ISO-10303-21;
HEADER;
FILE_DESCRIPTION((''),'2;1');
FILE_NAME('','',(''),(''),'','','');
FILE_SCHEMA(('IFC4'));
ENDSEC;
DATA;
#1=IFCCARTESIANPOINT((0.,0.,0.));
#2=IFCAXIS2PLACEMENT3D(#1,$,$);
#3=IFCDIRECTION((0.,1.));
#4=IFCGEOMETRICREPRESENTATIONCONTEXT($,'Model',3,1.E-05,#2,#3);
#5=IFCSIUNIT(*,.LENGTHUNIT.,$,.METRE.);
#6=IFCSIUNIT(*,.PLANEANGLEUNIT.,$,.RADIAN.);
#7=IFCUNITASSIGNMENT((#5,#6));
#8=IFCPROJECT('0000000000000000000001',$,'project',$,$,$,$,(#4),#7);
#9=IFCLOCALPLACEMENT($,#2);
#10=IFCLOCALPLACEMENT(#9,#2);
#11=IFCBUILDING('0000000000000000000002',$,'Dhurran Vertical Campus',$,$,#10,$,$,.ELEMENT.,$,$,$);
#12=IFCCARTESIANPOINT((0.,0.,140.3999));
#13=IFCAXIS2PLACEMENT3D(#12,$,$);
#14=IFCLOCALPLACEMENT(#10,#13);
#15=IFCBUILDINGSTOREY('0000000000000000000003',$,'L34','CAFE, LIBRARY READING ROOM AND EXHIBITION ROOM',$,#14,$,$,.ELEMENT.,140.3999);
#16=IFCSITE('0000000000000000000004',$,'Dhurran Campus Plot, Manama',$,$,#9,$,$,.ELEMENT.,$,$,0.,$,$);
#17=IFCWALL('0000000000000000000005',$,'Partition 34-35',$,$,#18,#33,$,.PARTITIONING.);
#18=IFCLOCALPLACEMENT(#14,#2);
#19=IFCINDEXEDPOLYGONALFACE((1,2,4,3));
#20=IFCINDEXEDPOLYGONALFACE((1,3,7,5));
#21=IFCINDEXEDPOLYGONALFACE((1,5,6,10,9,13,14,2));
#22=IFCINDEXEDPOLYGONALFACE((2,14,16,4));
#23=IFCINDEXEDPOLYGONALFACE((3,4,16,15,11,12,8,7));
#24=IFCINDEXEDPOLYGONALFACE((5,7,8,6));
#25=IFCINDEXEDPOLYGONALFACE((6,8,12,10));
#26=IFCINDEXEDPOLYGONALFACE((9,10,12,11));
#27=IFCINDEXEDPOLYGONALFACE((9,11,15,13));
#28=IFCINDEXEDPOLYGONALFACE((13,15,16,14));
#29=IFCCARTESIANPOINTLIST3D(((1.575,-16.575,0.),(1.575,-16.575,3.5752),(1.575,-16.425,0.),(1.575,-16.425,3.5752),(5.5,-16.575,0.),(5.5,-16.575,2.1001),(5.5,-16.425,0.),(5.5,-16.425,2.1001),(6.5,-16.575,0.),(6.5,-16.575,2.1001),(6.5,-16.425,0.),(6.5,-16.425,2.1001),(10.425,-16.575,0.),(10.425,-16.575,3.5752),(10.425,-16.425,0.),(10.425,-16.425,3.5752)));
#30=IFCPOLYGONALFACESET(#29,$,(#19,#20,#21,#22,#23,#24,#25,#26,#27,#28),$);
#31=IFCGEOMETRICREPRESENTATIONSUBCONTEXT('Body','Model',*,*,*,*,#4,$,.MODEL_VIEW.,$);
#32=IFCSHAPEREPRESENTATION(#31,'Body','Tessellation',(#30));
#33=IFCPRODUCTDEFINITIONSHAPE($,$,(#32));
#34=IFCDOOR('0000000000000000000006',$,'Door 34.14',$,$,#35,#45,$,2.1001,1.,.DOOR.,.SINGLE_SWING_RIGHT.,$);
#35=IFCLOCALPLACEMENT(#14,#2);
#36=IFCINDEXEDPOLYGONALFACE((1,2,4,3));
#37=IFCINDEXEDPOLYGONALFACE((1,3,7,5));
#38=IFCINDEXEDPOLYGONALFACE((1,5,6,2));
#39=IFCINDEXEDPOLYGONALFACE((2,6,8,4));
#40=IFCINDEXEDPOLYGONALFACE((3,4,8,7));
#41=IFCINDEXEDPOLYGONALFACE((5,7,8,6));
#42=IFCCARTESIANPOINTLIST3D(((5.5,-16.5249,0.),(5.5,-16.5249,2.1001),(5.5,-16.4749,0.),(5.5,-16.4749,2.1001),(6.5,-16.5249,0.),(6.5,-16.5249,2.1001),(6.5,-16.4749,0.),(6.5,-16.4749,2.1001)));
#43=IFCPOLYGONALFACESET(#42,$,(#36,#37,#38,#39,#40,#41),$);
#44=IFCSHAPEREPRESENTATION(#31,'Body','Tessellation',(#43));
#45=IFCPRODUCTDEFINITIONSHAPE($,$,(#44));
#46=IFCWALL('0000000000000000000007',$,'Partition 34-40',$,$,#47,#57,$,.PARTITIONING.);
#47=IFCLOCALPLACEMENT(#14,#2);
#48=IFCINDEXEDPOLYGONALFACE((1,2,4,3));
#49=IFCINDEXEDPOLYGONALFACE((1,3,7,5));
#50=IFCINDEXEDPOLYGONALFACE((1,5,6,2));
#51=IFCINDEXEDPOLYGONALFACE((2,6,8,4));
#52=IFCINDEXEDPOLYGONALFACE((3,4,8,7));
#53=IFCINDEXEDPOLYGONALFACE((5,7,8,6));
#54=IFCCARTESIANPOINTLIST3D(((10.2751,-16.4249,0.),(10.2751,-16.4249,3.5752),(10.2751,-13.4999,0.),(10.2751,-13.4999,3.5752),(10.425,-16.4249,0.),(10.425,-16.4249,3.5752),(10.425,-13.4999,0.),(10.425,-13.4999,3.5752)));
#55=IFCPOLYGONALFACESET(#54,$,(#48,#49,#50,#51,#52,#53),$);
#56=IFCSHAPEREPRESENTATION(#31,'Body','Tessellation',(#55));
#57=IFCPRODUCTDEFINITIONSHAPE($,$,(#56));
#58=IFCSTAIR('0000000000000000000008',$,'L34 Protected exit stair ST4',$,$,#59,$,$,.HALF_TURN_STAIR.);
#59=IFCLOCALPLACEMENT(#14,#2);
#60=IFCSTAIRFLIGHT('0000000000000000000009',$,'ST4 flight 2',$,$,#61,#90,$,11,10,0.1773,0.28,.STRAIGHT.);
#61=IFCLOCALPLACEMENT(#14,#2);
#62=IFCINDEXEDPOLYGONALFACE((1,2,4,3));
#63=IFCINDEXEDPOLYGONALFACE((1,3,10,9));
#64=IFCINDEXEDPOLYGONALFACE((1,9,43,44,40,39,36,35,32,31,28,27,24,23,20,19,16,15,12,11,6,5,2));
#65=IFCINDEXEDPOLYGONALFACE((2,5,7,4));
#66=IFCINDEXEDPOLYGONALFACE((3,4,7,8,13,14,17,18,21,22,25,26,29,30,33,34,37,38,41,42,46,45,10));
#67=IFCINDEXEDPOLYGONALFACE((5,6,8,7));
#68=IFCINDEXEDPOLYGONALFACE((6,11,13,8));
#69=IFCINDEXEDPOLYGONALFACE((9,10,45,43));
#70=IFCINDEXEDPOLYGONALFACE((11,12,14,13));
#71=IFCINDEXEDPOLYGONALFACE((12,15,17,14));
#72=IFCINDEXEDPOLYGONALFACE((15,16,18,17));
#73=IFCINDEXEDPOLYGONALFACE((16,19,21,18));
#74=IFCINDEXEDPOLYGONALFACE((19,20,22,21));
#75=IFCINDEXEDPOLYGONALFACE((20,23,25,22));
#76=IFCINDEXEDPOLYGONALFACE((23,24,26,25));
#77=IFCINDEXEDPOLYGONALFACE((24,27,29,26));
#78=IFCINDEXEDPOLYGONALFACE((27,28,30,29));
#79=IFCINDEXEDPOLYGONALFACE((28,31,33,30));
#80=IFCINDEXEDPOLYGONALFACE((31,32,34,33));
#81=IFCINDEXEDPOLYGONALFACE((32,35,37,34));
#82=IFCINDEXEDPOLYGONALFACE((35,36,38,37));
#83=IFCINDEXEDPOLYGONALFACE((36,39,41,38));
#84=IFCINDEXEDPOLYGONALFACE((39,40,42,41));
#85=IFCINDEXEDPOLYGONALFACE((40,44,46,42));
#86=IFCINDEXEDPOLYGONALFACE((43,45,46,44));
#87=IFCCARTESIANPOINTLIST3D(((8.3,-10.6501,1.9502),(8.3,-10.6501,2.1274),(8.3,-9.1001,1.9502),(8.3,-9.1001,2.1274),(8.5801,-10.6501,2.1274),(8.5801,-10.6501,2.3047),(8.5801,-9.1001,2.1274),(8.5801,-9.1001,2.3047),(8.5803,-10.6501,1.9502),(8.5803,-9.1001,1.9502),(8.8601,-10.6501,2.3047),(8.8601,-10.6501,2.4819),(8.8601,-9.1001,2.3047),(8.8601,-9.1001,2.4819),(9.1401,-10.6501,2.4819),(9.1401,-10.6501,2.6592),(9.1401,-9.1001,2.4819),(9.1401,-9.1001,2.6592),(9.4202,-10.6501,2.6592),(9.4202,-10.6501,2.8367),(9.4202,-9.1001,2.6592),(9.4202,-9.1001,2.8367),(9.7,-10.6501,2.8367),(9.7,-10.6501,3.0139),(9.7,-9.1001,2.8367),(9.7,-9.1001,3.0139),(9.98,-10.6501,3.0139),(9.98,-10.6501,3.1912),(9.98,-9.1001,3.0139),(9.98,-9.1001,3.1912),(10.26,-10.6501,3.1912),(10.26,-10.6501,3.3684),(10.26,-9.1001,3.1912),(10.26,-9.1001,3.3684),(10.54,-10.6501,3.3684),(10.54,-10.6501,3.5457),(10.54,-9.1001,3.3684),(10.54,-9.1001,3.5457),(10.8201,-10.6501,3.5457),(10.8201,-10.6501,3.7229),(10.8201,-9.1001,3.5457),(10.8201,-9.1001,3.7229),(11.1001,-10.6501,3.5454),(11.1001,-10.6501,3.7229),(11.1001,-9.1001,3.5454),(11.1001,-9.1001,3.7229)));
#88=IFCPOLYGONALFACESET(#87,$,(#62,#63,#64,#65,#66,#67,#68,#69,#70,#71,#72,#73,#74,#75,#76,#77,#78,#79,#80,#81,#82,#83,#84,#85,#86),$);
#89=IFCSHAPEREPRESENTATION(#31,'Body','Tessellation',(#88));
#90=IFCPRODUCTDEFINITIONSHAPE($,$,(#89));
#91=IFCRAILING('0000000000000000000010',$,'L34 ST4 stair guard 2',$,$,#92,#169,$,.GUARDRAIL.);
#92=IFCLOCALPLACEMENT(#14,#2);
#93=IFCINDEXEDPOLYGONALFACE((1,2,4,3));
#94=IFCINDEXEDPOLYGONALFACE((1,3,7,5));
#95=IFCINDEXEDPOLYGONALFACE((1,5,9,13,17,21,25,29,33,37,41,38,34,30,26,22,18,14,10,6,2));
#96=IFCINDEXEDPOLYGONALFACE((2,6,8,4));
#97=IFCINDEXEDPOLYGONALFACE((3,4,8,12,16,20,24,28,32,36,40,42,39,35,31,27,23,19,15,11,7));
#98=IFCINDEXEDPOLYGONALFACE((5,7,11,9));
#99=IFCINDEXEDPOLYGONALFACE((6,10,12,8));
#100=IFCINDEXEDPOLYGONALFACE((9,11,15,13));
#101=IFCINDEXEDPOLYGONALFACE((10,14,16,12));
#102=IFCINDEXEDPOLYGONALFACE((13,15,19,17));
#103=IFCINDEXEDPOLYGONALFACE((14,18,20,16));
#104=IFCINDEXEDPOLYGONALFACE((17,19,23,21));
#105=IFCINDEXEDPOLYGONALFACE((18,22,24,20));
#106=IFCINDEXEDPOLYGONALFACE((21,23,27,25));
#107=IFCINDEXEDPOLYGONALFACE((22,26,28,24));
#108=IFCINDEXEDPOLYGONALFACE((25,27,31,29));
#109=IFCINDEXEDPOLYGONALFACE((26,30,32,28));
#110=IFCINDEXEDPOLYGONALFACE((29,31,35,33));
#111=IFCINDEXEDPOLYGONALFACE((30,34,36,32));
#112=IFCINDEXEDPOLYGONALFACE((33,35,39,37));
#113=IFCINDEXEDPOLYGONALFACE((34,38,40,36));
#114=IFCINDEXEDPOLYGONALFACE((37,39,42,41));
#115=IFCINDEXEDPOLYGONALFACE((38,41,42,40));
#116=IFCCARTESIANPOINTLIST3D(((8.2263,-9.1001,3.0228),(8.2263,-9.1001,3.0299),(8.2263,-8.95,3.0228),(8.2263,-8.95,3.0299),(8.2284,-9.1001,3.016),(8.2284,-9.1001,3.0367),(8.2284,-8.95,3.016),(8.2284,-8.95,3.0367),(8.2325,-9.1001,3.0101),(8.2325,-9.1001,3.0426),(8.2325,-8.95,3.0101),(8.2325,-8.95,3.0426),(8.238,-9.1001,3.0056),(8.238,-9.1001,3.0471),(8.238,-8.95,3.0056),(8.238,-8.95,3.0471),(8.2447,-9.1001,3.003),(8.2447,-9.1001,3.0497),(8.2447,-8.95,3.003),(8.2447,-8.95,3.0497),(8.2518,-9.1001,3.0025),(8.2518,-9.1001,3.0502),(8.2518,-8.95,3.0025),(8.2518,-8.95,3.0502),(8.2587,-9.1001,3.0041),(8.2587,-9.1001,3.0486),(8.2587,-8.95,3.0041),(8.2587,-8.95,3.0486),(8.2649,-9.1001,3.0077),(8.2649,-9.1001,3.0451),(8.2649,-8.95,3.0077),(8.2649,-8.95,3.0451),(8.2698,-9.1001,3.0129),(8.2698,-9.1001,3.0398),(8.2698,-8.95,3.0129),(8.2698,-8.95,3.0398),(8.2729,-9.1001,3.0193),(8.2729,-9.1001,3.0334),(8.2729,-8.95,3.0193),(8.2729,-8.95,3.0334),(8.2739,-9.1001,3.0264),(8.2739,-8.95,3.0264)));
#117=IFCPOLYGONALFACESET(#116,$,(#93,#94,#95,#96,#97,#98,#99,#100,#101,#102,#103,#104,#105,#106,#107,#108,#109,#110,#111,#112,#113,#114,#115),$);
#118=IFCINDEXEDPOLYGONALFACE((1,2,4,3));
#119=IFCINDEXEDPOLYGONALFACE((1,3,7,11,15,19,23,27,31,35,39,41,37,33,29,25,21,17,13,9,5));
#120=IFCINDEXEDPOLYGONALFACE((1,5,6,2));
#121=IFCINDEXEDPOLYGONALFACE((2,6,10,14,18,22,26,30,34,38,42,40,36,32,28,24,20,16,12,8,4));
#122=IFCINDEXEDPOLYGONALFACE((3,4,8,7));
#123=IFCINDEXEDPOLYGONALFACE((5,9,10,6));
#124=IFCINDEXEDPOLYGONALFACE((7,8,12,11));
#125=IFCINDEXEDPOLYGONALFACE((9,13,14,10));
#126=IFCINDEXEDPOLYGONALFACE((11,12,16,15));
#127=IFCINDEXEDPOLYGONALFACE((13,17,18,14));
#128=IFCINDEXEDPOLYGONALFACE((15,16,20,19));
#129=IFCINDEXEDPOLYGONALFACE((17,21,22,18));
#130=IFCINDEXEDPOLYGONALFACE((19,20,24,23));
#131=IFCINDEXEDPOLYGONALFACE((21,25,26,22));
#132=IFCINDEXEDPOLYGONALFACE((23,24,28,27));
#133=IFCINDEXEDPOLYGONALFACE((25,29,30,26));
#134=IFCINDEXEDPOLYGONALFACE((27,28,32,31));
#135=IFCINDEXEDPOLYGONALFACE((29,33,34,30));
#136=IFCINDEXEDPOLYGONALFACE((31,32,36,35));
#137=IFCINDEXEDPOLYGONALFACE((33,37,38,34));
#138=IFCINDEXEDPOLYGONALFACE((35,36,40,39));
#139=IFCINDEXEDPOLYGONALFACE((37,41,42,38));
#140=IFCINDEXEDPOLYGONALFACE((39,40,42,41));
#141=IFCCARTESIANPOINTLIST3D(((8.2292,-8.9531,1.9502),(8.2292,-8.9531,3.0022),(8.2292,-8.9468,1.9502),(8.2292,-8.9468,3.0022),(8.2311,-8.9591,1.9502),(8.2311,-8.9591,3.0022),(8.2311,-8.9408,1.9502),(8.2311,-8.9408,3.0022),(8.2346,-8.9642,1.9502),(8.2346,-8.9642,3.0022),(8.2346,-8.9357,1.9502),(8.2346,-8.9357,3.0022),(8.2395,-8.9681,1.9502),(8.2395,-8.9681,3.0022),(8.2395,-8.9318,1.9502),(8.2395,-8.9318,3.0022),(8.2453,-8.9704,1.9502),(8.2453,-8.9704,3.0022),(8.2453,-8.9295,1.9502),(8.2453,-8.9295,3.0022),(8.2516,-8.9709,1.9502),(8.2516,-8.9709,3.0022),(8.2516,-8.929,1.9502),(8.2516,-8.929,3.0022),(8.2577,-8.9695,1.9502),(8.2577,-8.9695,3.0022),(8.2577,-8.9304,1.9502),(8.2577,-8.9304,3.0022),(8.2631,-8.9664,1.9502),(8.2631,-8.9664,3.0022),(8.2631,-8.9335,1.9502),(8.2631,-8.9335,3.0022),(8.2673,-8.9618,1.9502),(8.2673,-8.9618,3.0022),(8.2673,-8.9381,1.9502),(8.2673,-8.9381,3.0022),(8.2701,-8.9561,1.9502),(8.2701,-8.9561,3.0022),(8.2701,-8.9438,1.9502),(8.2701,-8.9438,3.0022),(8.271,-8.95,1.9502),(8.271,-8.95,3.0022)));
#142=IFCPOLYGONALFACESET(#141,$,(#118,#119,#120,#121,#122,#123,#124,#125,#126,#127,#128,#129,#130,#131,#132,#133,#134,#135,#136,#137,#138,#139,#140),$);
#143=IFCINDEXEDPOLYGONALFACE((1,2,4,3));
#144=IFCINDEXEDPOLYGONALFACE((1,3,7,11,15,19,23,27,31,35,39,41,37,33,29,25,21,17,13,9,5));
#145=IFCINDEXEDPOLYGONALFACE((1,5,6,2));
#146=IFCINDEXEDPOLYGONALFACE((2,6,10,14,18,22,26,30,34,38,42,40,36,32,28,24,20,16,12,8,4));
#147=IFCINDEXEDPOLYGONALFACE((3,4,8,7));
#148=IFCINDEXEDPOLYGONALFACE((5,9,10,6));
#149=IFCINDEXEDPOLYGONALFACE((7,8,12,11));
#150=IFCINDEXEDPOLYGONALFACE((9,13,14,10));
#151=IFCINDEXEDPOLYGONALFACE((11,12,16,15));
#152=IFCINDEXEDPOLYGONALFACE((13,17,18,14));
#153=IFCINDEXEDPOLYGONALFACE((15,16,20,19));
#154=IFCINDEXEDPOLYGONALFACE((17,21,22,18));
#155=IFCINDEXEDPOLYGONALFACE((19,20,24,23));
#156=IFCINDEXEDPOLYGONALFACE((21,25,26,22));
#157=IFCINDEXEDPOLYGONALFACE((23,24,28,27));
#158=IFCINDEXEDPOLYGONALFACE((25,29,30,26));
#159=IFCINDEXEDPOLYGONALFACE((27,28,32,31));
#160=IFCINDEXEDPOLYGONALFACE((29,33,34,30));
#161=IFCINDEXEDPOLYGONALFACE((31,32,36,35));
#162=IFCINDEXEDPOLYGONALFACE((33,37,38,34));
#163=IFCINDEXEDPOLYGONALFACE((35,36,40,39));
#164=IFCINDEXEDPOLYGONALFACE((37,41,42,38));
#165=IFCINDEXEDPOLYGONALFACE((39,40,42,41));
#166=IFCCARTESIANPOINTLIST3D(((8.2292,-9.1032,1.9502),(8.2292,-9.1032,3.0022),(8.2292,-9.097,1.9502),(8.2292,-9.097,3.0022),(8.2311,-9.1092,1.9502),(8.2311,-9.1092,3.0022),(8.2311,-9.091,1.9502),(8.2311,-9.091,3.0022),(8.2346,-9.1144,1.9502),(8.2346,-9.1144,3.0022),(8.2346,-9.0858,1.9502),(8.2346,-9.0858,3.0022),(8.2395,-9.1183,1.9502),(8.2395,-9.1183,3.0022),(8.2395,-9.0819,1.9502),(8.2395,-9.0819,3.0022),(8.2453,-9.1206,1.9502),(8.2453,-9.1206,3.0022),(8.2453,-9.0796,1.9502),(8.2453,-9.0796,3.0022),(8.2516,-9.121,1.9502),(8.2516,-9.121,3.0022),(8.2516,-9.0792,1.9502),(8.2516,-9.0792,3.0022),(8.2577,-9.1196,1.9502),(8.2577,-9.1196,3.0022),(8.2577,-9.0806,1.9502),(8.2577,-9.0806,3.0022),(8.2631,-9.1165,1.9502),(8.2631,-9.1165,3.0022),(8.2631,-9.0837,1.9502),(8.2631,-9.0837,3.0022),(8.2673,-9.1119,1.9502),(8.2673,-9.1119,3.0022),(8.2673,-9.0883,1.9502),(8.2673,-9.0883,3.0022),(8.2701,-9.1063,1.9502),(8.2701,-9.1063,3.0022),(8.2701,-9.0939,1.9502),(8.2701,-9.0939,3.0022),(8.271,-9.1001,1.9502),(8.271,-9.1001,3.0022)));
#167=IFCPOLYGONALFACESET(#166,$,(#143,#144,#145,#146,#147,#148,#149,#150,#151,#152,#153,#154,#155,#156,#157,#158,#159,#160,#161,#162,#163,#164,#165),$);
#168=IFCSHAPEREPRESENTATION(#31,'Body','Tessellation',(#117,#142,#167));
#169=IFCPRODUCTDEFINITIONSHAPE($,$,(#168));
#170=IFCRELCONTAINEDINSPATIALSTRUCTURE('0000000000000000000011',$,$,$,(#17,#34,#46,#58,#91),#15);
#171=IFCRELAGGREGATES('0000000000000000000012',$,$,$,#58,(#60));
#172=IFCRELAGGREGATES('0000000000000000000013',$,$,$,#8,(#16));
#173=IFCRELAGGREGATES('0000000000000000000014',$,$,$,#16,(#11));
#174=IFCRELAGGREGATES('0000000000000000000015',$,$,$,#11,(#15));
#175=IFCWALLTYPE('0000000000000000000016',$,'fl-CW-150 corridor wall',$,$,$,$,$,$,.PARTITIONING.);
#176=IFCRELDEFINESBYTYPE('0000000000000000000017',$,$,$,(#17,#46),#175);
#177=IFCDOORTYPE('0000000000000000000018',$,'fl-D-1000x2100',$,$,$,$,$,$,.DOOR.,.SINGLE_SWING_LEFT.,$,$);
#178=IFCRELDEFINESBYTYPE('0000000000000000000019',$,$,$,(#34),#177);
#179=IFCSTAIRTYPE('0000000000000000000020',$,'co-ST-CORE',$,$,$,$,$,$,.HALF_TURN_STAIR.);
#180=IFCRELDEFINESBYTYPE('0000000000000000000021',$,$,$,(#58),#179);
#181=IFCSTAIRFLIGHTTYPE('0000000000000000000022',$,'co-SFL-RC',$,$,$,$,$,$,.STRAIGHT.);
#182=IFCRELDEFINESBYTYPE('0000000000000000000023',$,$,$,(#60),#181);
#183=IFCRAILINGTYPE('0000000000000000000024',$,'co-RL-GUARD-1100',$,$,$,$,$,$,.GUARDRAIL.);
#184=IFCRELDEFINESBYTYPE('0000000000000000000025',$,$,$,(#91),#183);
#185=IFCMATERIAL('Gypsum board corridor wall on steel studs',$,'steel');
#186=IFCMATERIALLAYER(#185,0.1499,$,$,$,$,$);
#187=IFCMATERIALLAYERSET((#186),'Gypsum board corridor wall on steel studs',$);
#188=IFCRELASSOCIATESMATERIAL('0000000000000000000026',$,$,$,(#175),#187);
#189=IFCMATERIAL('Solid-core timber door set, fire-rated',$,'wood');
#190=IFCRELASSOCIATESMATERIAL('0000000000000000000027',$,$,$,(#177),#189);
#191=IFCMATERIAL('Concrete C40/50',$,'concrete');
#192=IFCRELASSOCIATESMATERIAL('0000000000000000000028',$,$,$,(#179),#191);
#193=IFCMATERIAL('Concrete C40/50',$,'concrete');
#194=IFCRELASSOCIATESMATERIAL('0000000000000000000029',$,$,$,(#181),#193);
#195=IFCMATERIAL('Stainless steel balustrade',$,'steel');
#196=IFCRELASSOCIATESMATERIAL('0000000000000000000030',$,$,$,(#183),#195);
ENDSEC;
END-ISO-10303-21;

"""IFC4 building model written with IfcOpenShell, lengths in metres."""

from ifc_helpers import new_model, si_unit, direction, frame, frame_2d, origin, origin_2d, place, context, subcontext, project, spatial, polyline, rectangle, circle, outline, extrude, material, layer, layer_set, type_object, element, fill, aggregate, save


model = new_model("IFC4")

# Units and contexts
model_context = context("Model", 3, precision=1e-05, world=origin(), true_north=direction((0.0, 1.0)))
body_context = subcontext(model_context, "Body", "Model", "MODEL_VIEW")
ifc_project = project(units=[si_unit("LENGTHUNIT", "METRE"), si_unit("PLANEANGLEUNIT", "RADIAN")], contexts=[model_context])

# Site, building, storey
site_placement = place(None, origin())
site = spatial("IfcSite", under=ifc_project, at=site_placement, Name="Dhurran Campus Plot, Manama", CompositionType="ELEMENT", RefElevation=0.0)
building_placement = place(site_placement, origin())
building = spatial("IfcBuilding", under=site, at=building_placement, Name="Dhurran Vertical Campus", CompositionType="ELEMENT")
storey_placement = place(building_placement, frame((0.0, 0.0, 140.3999)))
storey = spatial("IfcBuildingStorey", under=building, at=storey_placement, Name="L34", Description="CAFE, LIBRARY READING ROOM AND EXHIBITION ROOM", CompositionType="ELEMENT", Elevation=140.3999)

# Shared definitions
ifc_material_1 = material(Name="Gypsum board corridor wall on steel studs", Category="steel")
ifc_layer_1 = layer(ifc_material_1, 0.1499)
ifc_layer_set_1 = layer_set([ifc_layer_1], Name="Gypsum board corridor wall on steel studs")
wall_type_1 = type_object("IfcWallType", Name="fl-CW-150 corridor wall", PredefinedType="PARTITIONING", material=ifc_layer_set_1)

# Wall, opening, door
wall_1_placement = place(storey_placement, frame((10.425, -16.5, 0.0), z_axis=(0.0, 0.0, 1.0), x_axis=(-1.0, 0.0, 0.0)))
wall_1 = element("IfcWall", 1, at=wall_1_placement, inside=storey, type_object=wall_type_1, Name="Partition 34-35", PredefinedType="PARTITIONING", context=body_context, shape_type="SweptSolid", body=[
    extrude(rectangle(XDim=8.8501, YDim=0.1499, at=frame_2d((4.425, 0.0))), origin(), (0.0, 0.0, 1.0), 3.5752),
])
opening_1_placement = place(wall_1_placement, frame((3.925, 0.0, 0.0)))
opening_1 = element("IfcOpeningElement", 2, at=opening_1_placement, cuts=wall_1, PredefinedType="OPENING", context=body_context, shape_type="SweptSolid", body=[
    extrude(rectangle(XDim=1.0, YDim=2.1001, at=frame_2d((0.5, 1.05))), frame((0.0, 0.085, 0.0), z_axis=(0.0, -1.0, 0.0), x_axis=(1.0, 0.0, 0.0)), (0.0, 0.0, 1.0), 0.1699),
])
ifc_material_2 = material(Name="Solid-core timber door set, fire-rated", Category="wood")
door_type_1 = type_object("IfcDoorType", Name="fl-D-1000x2100", OperationType="SINGLE_SWING_LEFT", PredefinedType="DOOR", material=ifc_material_2)
door_1_placement = place(opening_1_placement, origin())
door_1 = element("IfcDoor", 3, at=door_1_placement, inside=storey, type_object=door_type_1, Name="Door 34.14", OperationType="SINGLE_SWING_RIGHT", OverallHeight=2.1001, OverallWidth=1.0, PredefinedType="DOOR", context=body_context, shape_type="SweptSolid", body=[
    extrude(rectangle(XDim=1.0, YDim=2.1001, at=frame_2d((0.5, 1.05))), frame((0.0, 0.0249, 0.0), z_axis=(0.0, -1.0, 0.0), x_axis=(1.0, 0.0, 0.0)), (0.0, 0.0, 1.0), 0.05),
])
fill(opening_1, door_1)

# Wall
wall_2_placement = place(storey_placement, frame((10.3501, -13.5, 0.0), z_axis=(0.0, 0.0, 1.0), x_axis=(0.0, -1.0, 0.0)))
element("IfcWall", 4, at=wall_2_placement, inside=storey, type_object=wall_type_1, Name="Partition 34-40", PredefinedType="PARTITIONING", context=body_context, shape_type="SweptSolid", body=[
    extrude(rectangle(XDim=2.925, YDim=0.1499, at=frame_2d((1.4624, 0.0))), origin(), (0.0, 0.0, 1.0), 3.5752),
])

# Stair, stair flight
ifc_material_3 = material(Name="Concrete C40/50", Category="concrete")
stair_type = type_object("IfcStairType", Name="co-ST-CORE", PredefinedType="HALF_TURN_STAIR", material=ifc_material_3)
stair_placement = place(storey_placement, origin())
stair = element("IfcStair", 5, at=stair_placement, inside=storey, type_object=stair_type, Name="L34 Protected exit stair ST4", PredefinedType="HALF_TURN_STAIR")
ifc_material_4 = material(Name="Concrete C40/50", Category="concrete")
stair_flight_type = type_object("IfcStairFlightType", Name="co-SFL-RC", PredefinedType="STRAIGHT", material=ifc_material_4)
stair_flight_placement = place(storey_placement, frame((8.3, -9.875, 1.9502), z_axis=(0.0, 0.0, 1.0), x_axis=(1.0, 0.0, 0.0)))
stair_flight = element("IfcStairFlight", 6, at=stair_flight_placement, type_object=stair_flight_type, Name="ST4 flight 2", NumberOfRisers=11, NumberOfTreads=10, PredefinedType="STRAIGHT", RiserHeight=0.1773, TreadLength=0.28, context=body_context, shape_type="SweptSolid", body=[
    extrude(outline(polyline([(0.0, 0.0), (0.0, 0.1772), (0.28, 0.1772), (0.28, 0.3545), (0.5601, 0.3545), (0.5601, 0.5317), (0.8401, 0.5317), (0.8401, 0.709), (1.1201, 0.709), (1.1201, 0.8865), (1.3999, 0.8865), (1.3999, 1.0637), (1.6799, 1.0637), (1.6799, 1.241), (1.96, 1.241), (1.96, 1.4182), (2.24, 1.4182), (2.24, 1.5955), (2.52, 1.5955), (2.52, 1.7727), (2.8, 1.7727), (2.8, 1.95), (2.8, 1.5952), (0.2803, 0.0), (0.0, 0.0)])), frame((0.0, 0.7749, 0.0), z_axis=(0.0, -1.0, 0.0), x_axis=(1.0, 0.0, 0.0)), (0.0, 0.0, 1.0), 1.55),
])
aggregate(stair, [stair_flight])

# Railing
ifc_material_5 = material(Name="Stainless steel balustrade", Category="steel")
railing_type_1 = type_object("IfcRailingType", Name="co-RL-GUARD-1100", PredefinedType="GUARDRAIL", material=ifc_material_5)
railing_1_placement = place(storey_placement, frame((8.25, -8.95, 1.9502)))
element("IfcRailing", 7, at=railing_1_placement, inside=storey, type_object=railing_type_1, Name="L34 ST4 stair guard 2", PredefinedType="GUARDRAIL", context=body_context, shape_type="SweptSolid", body=[
    extrude(circle(Radius=0.0239, at=origin_2d()), frame((0.0, 0.0, 1.0762), z_axis=(0.0, -1.0, 0.0), x_axis=(1.0, 0.0, 0.0)), (0.0, 0.0, 1.0), 0.1501),
    extrude(circle(Radius=0.021, at=origin_2d()), origin(), (0.0, 0.0, 1.0), 1.052),
    extrude(circle(Radius=0.021, at=origin_2d()), frame((0.0, -0.1501, 0.0)), (0.0, 0.0, 1.0), 1.052),
])

save(model, "model.ifc")
